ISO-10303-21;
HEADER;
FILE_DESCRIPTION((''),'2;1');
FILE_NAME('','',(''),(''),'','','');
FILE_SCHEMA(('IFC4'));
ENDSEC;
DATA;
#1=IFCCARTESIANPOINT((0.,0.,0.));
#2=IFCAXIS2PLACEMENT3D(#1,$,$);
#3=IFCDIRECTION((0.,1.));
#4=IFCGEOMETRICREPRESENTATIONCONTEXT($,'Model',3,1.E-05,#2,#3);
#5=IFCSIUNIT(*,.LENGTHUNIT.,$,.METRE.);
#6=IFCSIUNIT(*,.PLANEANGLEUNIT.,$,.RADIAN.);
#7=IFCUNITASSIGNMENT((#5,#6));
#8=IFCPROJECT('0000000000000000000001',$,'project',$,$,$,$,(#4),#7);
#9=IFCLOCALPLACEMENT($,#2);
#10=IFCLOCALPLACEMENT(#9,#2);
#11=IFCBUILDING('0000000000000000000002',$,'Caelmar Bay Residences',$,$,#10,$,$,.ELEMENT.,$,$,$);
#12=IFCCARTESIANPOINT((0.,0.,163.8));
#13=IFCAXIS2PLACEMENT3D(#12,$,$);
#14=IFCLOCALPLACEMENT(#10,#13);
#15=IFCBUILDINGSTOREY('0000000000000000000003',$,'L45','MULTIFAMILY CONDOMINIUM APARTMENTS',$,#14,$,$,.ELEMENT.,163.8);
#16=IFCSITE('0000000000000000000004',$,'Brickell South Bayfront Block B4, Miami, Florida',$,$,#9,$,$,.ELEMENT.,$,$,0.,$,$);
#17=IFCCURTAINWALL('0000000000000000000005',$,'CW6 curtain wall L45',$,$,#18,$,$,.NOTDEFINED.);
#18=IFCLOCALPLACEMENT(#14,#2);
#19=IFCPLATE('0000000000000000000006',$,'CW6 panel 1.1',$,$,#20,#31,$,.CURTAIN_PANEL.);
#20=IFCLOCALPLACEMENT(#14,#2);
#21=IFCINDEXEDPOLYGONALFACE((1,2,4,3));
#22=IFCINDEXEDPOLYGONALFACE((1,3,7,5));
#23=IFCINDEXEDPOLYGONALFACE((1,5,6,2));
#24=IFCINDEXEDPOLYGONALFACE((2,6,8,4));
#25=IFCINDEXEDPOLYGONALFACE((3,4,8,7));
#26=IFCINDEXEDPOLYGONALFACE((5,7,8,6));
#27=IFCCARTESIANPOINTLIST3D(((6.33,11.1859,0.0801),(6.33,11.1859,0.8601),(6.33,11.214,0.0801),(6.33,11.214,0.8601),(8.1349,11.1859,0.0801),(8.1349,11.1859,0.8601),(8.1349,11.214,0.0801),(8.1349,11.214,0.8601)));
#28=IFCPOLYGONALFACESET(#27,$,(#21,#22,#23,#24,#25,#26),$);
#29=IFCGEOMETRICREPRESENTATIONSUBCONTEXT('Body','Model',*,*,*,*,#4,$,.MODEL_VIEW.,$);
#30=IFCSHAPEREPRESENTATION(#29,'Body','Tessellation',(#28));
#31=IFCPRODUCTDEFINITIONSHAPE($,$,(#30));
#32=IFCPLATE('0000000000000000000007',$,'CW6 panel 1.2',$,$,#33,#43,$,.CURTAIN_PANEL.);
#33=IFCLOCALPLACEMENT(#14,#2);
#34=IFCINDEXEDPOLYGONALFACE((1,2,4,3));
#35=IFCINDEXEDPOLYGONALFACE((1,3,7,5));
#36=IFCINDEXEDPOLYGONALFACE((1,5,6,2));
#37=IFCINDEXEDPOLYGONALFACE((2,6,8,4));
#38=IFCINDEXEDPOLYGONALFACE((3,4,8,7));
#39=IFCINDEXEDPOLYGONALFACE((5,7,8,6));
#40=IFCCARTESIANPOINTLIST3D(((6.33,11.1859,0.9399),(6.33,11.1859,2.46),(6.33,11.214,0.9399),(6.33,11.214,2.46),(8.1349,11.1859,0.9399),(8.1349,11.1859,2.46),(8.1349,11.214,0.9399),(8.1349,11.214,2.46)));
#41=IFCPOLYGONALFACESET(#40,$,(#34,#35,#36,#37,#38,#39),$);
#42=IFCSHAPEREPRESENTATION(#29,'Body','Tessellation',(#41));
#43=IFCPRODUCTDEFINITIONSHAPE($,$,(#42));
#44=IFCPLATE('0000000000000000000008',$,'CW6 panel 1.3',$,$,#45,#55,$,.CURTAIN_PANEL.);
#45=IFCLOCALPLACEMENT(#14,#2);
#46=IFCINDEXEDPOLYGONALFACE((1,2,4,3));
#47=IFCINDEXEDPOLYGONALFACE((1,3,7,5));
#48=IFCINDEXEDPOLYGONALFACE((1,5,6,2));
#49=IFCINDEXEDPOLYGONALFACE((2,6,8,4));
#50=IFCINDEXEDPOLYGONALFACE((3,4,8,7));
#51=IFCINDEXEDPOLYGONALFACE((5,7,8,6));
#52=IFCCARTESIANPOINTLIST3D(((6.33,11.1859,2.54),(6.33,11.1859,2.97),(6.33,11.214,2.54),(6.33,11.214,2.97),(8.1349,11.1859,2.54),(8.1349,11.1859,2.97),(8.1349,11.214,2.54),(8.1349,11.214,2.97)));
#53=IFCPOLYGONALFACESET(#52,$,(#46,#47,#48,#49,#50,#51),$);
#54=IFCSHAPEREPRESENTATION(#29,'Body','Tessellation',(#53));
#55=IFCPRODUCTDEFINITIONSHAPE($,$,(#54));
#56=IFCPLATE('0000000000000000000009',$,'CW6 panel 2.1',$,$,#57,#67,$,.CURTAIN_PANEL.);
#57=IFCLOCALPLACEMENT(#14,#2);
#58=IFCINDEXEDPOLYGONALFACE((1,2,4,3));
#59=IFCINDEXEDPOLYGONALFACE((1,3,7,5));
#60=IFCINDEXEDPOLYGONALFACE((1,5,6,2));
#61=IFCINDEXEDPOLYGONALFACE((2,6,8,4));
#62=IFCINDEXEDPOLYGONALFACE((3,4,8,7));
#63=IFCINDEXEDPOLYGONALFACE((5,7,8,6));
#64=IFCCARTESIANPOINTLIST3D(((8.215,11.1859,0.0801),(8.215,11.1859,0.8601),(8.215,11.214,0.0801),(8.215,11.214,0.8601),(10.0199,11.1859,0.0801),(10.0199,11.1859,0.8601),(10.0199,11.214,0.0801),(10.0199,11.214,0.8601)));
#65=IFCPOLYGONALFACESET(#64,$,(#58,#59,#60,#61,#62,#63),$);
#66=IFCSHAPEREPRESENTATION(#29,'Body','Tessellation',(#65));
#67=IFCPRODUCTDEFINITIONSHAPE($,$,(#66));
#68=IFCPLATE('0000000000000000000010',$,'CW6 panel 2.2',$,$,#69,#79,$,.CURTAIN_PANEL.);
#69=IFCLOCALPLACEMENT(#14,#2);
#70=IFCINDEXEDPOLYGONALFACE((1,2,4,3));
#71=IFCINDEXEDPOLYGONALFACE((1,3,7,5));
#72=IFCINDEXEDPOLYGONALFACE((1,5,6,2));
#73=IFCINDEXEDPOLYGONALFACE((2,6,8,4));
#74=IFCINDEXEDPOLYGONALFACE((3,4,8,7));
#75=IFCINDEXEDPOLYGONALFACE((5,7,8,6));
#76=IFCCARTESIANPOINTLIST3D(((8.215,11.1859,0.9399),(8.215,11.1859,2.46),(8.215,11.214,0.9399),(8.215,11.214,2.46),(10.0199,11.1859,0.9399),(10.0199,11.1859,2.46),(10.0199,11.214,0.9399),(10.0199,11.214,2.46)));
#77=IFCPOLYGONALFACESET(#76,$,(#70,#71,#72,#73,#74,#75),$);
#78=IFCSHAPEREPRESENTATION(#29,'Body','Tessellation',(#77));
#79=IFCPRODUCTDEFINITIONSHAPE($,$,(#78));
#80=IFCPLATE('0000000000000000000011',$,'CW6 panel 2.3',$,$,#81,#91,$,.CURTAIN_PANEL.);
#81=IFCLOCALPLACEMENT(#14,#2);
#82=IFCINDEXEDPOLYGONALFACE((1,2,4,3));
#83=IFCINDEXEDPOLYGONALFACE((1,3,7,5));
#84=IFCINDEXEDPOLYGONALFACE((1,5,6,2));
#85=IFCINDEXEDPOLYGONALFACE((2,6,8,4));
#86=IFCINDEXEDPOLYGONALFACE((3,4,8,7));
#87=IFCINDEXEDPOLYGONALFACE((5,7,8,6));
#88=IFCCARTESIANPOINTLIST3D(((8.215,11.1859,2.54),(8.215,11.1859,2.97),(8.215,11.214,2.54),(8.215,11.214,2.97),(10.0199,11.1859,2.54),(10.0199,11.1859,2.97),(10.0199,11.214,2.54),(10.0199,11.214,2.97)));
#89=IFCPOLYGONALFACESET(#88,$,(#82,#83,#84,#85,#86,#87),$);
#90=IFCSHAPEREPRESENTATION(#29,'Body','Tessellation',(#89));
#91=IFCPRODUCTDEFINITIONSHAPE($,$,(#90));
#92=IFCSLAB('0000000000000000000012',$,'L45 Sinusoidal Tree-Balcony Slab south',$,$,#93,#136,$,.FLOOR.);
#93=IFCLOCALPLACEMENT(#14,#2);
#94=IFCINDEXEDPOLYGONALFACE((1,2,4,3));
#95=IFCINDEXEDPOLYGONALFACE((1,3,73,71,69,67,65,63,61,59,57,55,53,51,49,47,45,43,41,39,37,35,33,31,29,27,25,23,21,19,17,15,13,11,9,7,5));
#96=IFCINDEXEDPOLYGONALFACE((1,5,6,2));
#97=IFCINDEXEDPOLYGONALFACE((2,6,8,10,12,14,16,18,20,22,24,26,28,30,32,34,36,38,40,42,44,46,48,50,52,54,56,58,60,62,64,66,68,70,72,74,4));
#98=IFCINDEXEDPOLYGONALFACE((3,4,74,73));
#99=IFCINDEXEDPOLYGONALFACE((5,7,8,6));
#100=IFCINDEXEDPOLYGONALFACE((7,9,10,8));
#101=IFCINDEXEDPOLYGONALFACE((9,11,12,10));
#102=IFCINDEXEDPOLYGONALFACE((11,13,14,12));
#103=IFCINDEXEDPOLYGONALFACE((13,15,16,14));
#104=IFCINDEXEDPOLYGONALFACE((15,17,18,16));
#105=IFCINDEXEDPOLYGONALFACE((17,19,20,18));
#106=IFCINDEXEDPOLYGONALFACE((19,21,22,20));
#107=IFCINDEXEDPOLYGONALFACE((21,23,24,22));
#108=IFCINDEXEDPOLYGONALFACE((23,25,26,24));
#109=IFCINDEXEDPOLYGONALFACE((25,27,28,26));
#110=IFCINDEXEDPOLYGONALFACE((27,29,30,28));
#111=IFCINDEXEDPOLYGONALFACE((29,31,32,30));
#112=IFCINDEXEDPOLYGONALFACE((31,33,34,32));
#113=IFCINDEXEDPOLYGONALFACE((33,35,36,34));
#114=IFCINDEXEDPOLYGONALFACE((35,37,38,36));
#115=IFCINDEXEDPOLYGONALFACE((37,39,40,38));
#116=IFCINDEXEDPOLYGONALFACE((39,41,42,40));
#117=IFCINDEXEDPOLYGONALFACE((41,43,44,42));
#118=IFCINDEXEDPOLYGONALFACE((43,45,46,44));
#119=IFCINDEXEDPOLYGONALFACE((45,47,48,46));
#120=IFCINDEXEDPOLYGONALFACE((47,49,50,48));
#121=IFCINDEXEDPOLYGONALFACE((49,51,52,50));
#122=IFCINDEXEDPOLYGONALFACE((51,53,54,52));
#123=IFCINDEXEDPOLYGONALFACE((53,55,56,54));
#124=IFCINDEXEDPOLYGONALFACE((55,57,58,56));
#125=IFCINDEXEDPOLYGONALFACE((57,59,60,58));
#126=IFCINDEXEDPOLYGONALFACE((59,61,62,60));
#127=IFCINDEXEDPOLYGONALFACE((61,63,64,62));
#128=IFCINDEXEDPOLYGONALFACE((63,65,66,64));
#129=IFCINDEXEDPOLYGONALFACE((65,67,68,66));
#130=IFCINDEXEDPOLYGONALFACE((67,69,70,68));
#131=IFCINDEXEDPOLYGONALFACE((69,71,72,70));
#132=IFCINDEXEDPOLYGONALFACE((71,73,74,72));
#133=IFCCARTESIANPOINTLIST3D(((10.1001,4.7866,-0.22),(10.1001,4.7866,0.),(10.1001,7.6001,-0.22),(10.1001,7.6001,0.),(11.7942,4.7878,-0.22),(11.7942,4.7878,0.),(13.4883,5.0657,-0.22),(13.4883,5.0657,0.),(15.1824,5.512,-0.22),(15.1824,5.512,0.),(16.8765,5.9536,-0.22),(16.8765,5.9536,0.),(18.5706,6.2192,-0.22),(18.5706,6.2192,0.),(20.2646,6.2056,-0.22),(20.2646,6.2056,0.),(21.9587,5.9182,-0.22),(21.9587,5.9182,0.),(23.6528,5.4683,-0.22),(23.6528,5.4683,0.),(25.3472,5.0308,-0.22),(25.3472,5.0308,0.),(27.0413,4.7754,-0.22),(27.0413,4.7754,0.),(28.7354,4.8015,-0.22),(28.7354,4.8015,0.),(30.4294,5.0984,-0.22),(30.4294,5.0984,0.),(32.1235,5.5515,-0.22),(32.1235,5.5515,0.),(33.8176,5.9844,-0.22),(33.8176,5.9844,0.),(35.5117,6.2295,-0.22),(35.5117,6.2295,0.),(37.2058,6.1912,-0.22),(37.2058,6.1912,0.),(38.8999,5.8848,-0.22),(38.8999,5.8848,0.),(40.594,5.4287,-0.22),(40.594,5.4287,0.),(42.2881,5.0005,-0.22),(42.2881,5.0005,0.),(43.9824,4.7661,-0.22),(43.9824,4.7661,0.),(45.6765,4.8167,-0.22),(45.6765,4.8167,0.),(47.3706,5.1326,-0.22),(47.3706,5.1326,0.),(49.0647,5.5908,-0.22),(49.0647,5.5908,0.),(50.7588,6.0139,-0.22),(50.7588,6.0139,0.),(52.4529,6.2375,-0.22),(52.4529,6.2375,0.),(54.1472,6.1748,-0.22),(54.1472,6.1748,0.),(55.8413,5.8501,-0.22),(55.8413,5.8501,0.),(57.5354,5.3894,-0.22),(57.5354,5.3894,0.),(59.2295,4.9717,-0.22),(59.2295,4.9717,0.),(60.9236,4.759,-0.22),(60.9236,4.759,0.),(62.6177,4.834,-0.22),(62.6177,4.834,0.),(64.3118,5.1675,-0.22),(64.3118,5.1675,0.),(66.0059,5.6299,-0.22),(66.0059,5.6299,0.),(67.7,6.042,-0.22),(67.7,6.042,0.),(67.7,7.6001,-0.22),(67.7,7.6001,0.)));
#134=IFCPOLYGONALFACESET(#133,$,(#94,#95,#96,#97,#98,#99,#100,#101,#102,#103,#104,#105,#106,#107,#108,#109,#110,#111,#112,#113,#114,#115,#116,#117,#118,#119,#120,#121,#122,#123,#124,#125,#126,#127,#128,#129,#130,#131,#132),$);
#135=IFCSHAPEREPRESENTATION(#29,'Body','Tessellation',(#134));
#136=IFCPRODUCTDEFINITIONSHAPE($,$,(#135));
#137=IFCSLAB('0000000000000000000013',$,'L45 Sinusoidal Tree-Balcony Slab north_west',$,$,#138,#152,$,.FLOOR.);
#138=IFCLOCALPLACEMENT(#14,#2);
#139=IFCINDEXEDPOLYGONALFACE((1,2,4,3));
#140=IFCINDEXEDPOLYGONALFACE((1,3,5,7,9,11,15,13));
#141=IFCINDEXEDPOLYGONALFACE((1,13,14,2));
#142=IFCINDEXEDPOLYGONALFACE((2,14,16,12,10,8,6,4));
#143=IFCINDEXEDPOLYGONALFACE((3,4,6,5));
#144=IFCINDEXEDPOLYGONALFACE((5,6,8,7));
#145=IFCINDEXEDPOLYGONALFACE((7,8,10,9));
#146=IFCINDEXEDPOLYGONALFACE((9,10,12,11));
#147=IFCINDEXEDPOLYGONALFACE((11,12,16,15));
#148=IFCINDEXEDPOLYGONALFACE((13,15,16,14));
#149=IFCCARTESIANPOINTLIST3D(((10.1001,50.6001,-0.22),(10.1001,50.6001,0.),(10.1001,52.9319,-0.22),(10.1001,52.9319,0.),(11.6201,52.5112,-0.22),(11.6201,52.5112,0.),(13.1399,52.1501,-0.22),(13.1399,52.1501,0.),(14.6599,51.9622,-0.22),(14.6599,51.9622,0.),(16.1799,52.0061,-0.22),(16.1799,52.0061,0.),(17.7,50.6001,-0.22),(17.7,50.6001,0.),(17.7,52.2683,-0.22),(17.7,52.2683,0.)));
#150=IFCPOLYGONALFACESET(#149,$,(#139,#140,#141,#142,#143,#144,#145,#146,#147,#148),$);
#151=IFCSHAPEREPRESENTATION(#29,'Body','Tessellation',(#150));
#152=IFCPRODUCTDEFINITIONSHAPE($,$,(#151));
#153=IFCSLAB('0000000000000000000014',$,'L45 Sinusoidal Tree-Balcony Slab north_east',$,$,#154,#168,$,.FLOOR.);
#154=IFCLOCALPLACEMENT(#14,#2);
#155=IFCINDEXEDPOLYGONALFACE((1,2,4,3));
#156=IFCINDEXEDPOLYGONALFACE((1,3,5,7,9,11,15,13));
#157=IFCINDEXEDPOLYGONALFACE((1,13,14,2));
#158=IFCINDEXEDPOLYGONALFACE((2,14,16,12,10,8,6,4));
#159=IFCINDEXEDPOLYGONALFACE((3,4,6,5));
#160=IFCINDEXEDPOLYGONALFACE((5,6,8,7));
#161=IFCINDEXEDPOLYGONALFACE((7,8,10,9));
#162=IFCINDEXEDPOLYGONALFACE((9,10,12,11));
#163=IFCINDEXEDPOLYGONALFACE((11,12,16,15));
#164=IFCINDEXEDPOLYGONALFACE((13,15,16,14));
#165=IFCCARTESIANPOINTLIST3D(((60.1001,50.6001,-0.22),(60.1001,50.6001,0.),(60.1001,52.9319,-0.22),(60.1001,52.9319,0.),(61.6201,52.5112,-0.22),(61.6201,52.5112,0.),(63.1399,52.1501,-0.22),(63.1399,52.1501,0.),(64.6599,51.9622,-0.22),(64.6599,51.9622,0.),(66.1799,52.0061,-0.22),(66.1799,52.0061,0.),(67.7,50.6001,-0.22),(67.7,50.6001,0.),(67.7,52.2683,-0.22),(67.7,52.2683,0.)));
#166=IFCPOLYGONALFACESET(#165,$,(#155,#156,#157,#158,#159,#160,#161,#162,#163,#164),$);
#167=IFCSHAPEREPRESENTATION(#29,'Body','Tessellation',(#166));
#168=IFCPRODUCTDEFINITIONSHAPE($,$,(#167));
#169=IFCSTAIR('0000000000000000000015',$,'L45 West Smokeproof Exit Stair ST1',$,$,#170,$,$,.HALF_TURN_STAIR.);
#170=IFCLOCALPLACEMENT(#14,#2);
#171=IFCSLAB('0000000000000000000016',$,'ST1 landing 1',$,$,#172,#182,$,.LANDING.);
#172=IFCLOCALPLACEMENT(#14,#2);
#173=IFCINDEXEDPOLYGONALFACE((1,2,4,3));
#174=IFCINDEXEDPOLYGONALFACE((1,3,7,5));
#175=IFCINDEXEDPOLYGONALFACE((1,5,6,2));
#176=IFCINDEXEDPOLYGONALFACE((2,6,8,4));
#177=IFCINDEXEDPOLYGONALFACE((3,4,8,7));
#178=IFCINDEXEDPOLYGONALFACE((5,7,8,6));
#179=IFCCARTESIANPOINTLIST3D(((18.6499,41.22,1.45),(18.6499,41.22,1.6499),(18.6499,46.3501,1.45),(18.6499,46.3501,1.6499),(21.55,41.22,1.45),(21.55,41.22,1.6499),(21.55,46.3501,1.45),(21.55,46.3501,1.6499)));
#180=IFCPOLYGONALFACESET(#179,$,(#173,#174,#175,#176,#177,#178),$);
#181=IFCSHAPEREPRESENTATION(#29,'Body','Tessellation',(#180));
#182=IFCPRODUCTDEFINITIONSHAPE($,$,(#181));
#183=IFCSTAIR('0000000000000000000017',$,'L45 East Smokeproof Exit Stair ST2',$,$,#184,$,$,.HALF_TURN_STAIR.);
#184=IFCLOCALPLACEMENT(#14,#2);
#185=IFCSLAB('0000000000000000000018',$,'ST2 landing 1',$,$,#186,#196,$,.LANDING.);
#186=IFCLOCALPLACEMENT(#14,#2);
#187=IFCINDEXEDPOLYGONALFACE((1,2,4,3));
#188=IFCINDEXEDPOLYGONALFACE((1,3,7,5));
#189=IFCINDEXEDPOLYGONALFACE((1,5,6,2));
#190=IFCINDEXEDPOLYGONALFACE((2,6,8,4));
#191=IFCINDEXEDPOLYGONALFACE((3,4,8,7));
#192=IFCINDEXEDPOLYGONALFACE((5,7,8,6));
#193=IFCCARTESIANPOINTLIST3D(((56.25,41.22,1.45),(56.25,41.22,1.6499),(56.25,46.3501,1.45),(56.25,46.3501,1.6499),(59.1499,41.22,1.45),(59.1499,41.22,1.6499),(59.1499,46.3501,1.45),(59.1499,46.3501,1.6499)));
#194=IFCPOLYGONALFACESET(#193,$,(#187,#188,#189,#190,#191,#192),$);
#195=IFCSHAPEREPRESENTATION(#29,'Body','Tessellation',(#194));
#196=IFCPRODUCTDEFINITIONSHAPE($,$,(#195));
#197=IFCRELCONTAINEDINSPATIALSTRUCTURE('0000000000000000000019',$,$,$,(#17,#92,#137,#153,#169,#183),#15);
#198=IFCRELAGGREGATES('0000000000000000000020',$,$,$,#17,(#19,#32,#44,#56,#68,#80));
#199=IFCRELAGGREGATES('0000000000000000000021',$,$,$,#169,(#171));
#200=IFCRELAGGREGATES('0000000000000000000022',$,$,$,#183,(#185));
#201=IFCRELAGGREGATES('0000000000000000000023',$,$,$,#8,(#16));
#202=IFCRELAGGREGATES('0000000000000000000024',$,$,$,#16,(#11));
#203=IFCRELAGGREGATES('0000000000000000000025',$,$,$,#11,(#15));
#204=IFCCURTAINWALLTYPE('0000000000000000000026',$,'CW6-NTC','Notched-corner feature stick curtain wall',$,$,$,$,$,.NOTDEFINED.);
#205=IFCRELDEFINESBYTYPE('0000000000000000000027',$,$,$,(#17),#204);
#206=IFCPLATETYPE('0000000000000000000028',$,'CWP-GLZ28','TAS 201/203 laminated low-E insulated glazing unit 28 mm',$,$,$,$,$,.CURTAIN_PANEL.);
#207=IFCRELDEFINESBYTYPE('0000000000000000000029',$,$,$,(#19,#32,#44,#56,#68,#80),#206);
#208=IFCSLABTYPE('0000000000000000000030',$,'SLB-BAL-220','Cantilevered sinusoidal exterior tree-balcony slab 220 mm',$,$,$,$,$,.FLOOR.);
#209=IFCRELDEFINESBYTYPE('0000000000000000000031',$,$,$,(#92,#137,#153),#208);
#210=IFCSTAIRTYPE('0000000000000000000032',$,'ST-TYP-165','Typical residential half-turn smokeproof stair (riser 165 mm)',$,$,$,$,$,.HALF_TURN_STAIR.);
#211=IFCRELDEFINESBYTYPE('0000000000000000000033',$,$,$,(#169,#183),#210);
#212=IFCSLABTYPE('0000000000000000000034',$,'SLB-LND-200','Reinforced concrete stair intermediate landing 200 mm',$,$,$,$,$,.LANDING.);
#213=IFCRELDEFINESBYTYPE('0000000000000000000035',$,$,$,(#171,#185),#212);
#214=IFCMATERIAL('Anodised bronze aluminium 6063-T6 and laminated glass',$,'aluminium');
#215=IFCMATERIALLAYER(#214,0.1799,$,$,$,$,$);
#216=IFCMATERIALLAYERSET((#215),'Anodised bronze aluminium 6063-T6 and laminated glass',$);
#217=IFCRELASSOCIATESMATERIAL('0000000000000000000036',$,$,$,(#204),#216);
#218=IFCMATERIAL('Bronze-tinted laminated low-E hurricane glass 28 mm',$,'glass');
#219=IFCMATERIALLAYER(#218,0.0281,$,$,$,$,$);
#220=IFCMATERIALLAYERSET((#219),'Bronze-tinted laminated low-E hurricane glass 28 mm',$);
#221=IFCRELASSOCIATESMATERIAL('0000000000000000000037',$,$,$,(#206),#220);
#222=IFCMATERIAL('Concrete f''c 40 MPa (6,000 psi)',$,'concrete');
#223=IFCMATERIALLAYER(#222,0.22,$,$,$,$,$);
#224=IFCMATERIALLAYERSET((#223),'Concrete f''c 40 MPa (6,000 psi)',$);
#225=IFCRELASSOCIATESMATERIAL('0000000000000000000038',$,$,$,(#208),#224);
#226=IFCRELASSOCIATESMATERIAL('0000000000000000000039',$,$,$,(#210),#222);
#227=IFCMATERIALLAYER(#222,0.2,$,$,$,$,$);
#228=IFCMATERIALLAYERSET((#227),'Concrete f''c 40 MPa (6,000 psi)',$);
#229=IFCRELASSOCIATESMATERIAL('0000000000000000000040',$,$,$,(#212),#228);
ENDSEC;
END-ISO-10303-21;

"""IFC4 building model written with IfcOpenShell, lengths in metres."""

from ifc_helpers import new_model, si_unit, direction, frame, origin, origin_2d, place, context, subcontext, project, spatial, polyline, rectangle, outline, extrude, material, layer, layer_set, type_object, element, aggregate, save


model = new_model("IFC4")

# Units and contexts
model_context = context("Model", 3, precision=1e-05, world=origin(), true_north=direction((0.0, 1.0)))
body_context = subcontext(model_context, "Body", "Model", "MODEL_VIEW")
ifc_project = project(units=[si_unit("LENGTHUNIT", "METRE"), si_unit("PLANEANGLEUNIT", "RADIAN")], contexts=[model_context])

# Site, building, storey
site_placement = place(None, origin())
site = spatial("IfcSite", under=ifc_project, at=site_placement, Name="Brickell South Bayfront Block B4, Miami, Florida", CompositionType="ELEMENT", RefElevation=0.0)
building_placement = place(site_placement, origin())
building = spatial("IfcBuilding", under=site, at=building_placement, Name="Caelmar Bay Residences", CompositionType="ELEMENT")
storey_placement = place(building_placement, frame((0.0, 0.0, 163.8)))
storey = spatial("IfcBuildingStorey", under=building, at=storey_placement, Name="L45", Description="MULTIFAMILY CONDOMINIUM APARTMENTS", CompositionType="ELEMENT", Elevation=163.8)

# Curtain wall
ifc_material_1 = material(Name="Anodised bronze aluminium 6063-T6 and laminated glass", Category="aluminium")
ifc_layer_1 = layer(ifc_material_1, 0.1799)
ifc_layer_set_1 = layer_set([ifc_layer_1], Name="Anodised bronze aluminium 6063-T6 and laminated glass")
curtain_wall_type_1 = type_object("IfcCurtainWallType", Name="CW6-NTC", Description="Notched-corner feature stick curtain wall", PredefinedType="NOTDEFINED", material=ifc_layer_set_1)
curtain_wall_1_placement = place(storey_placement, origin())
curtain_wall_1 = element("IfcCurtainWall", 1, at=curtain_wall_1_placement, inside=storey, type_object=curtain_wall_type_1, Name="CW6 curtain wall L45", PredefinedType="NOTDEFINED")

# Plates
ifc_material_2 = material(Name="Bronze-tinted laminated low-E hurricane glass 28 mm", Category="glass")
ifc_layer_2 = layer(ifc_material_2, 0.0281)
ifc_layer_set_2 = layer_set([ifc_layer_2], Name="Bronze-tinted laminated low-E hurricane glass 28 mm")
plate_type = type_object("IfcPlateType", Name="CWP-GLZ28", Description="TAS 201/203 laminated low-E insulated glazing unit 28 mm", PredefinedType="CURTAIN_PANEL", material=ifc_layer_set_2)
plate_1_placement = place(storey_placement, frame((7.2324, 11.2, 0.0801), z_axis=(0.0, 0.0, 1.0), x_axis=(1.0, 0.0, 0.0)))
plate_1 = element("IfcPlate", 2, at=plate_1_placement, type_object=plate_type, Name="CW6 panel 1.1", PredefinedType="CURTAIN_PANEL", context=body_context, shape_type="SweptSolid", body=[
    extrude(rectangle(XDim=1.8049, YDim=0.0281, at=origin_2d()), origin(), (0.0, 0.0, 1.0), 0.78),
])
plate_2_placement = place(storey_placement, frame((7.2324, 11.2, 0.9399), z_axis=(0.0, 0.0, 1.0), x_axis=(1.0, 0.0, 0.0)))
plate_2 = element("IfcPlate", 3, at=plate_2_placement, type_object=plate_type, Name="CW6 panel 1.2", PredefinedType="CURTAIN_PANEL", context=body_context, shape_type="SweptSolid", body=[
    extrude(rectangle(XDim=1.8049, YDim=0.0281, at=origin_2d()), origin(), (0.0, 0.0, 1.0), 1.52),
])
plate_3_placement = place(storey_placement, frame((7.2324, 11.2, 2.54), z_axis=(0.0, 0.0, 1.0), x_axis=(1.0, 0.0, 0.0)))
plate_3 = element("IfcPlate", 4, at=plate_3_placement, type_object=plate_type, Name="CW6 panel 1.3", PredefinedType="CURTAIN_PANEL", context=body_context, shape_type="SweptSolid", body=[
    extrude(rectangle(XDim=1.8049, YDim=0.0281, at=origin_2d()), origin(), (0.0, 0.0, 1.0), 0.4299),
])
plate_4_placement = place(storey_placement, frame((9.1174, 11.2, 0.0801), z_axis=(0.0, 0.0, 1.0), x_axis=(1.0, 0.0, 0.0)))
plate_4 = element("IfcPlate", 5, at=plate_4_placement, type_object=plate_type, Name="CW6 panel 2.1", PredefinedType="CURTAIN_PANEL", context=body_context, shape_type="SweptSolid", body=[
    extrude(rectangle(XDim=1.8049, YDim=0.0281, at=origin_2d()), origin(), (0.0, 0.0, 1.0), 0.78),
])
plate_5_placement = place(storey_placement, frame((9.1174, 11.2, 0.9399), z_axis=(0.0, 0.0, 1.0), x_axis=(1.0, 0.0, 0.0)))
plate_5 = element("IfcPlate", 6, at=plate_5_placement, type_object=plate_type, Name="CW6 panel 2.2", PredefinedType="CURTAIN_PANEL", context=body_context, shape_type="SweptSolid", body=[
    extrude(rectangle(XDim=1.8049, YDim=0.0281, at=origin_2d()), origin(), (0.0, 0.0, 1.0), 1.52),
])
plate_6_placement = place(storey_placement, frame((9.1174, 11.2, 2.54), z_axis=(0.0, 0.0, 1.0), x_axis=(1.0, 0.0, 0.0)))
plate_6 = element("IfcPlate", 7, at=plate_6_placement, type_object=plate_type, Name="CW6 panel 2.3", PredefinedType="CURTAIN_PANEL", context=body_context, shape_type="SweptSolid", body=[
    extrude(rectangle(XDim=1.8049, YDim=0.0281, at=origin_2d()), origin(), (0.0, 0.0, 1.0), 0.4299),
])
aggregate(curtain_wall_1, [plate_1, plate_2, plate_3, plate_4, plate_5, plate_6])

# Slabs
ifc_material_3 = material(Name="Concrete f'c 40 MPa (6,000 psi)", Category="concrete")
ifc_layer_3 = layer(ifc_material_3, 0.22)
ifc_layer_set_3 = layer_set([ifc_layer_3], Name="Concrete f'c 40 MPa (6,000 psi)")
slab_type_1 = type_object("IfcSlabType", Name="SLB-BAL-220", Description="Cantilevered sinusoidal exterior tree-balcony slab 220 mm", PredefinedType="FLOOR", material=ifc_layer_set_3)
slab_1_placement = place(storey_placement, frame((0.0, 0.0, -0.22)))
element("IfcSlab", 8, at=slab_1_placement, inside=storey, type_object=slab_type_1, Name="L45 Sinusoidal Tree-Balcony Slab south", PredefinedType="FLOOR", context=body_context, shape_type="SweptSolid", body=[
    extrude(outline(polyline([(10.1001, 4.7866), (11.7942, 4.7878), (13.4883, 5.0657), (15.1824, 5.512), (16.8765, 5.9536), (18.5706, 6.2192), (20.2646, 6.2056), (21.9587, 5.9182), (23.6528, 5.4683), (25.3472, 5.0308), (27.0413, 4.7754), (28.7354, 4.8015), (30.4294, 5.0984), (32.1235, 5.5515), (33.8176, 5.9844), (35.5117, 6.2295), (37.2058, 6.1912), (38.8999, 5.8848), (40.594, 5.4287), (42.2881, 5.0005), (43.9824, 4.7661), (45.6765, 4.8167), (47.3706, 5.1326), (49.0647, 5.5908), (50.7588, 6.0139), (52.4529, 6.2375), (54.1472, 6.1748), (55.8413, 5.8501), (57.5354, 5.3894), (59.2295, 4.9717), (60.9236, 4.759), (62.6177, 4.834), (64.3118, 5.1675), (66.0059, 5.6299), (67.7, 6.042), (67.7, 7.6001), (10.1001, 7.6001), (10.1001, 4.7866)])), origin(), (0.0, 0.0, 1.0), 0.22),
])
slab_2_placement = place(storey_placement, frame((0.0, 0.0, -0.22)))
element("IfcSlab", 9, at=slab_2_placement, inside=storey, type_object=slab_type_1, Name="L45 Sinusoidal Tree-Balcony Slab north_west", PredefinedType="FLOOR", context=body_context, shape_type="SweptSolid", body=[
    extrude(outline(polyline([(10.1001, 50.6001), (17.7, 50.6001), (17.7, 52.2683), (16.1799, 52.0061), (14.6599, 51.9622), (13.1399, 52.1501), (11.6201, 52.5112), (10.1001, 52.9319), (10.1001, 50.6001)])), origin(), (0.0, 0.0, 1.0), 0.22),
])
slab_3_placement = place(storey_placement, frame((0.0, 0.0, -0.22)))
element("IfcSlab", 10, at=slab_3_placement, inside=storey, type_object=slab_type_1, Name="L45 Sinusoidal Tree-Balcony Slab north_east", PredefinedType="FLOOR", context=body_context, shape_type="SweptSolid", body=[
    extrude(outline(polyline([(60.1001, 50.6001), (67.7, 50.6001), (67.7, 52.2683), (66.1799, 52.0061), (64.6599, 51.9622), (63.1399, 52.1501), (61.6201, 52.5112), (60.1001, 52.9319), (60.1001, 50.6001)])), origin(), (0.0, 0.0, 1.0), 0.22),
])

# Stairs, slabs
stair_type = type_object("IfcStairType", Name="ST-TYP-165", Description="Typical residential half-turn smokeproof stair (riser 165 mm)", PredefinedType="HALF_TURN_STAIR", material=ifc_material_3)
stair_1_placement = place(storey_placement, origin())
stair_1 = element("IfcStair", 11, at=stair_1_placement, inside=storey, type_object=stair_type, Name="L45 West Smokeproof Exit Stair ST1", PredefinedType="HALF_TURN_STAIR")
ifc_layer_4 = layer(ifc_material_3, 0.2)
ifc_layer_set_4 = layer_set([ifc_layer_4], Name="Concrete f'c 40 MPa (6,000 psi)")
slab_type_2 = type_object("IfcSlabType", Name="SLB-LND-200", Description="Reinforced concrete stair intermediate landing 200 mm", PredefinedType="LANDING", material=ifc_layer_set_4)
slab_4_placement = place(storey_placement, frame((0.0, 0.0, 1.45)))
slab_4 = element("IfcSlab", 12, at=slab_4_placement, type_object=slab_type_2, Name="ST1 landing 1", PredefinedType="LANDING", context=body_context, shape_type="SweptSolid", body=[
    extrude(outline(polyline([(21.55, 41.22), (21.55, 46.3501), (18.6499, 46.3501), (18.6499, 41.22), (21.55, 41.22)])), origin(), (0.0, 0.0, 1.0), 0.2),
])
aggregate(stair_1, [slab_4])
stair_2_placement = place(storey_placement, origin())
stair_2 = element("IfcStair", 13, at=stair_2_placement, inside=storey, type_object=stair_type, Name="L45 East Smokeproof Exit Stair ST2", PredefinedType="HALF_TURN_STAIR")
slab_5_placement = place(storey_placement, frame((0.0, 0.0, 1.45)))
slab_5 = element("IfcSlab", 14, at=slab_5_placement, type_object=slab_type_2, Name="ST2 landing 1", PredefinedType="LANDING", context=body_context, shape_type="SweptSolid", body=[
    extrude(outline(polyline([(59.1499, 41.22), (59.1499, 46.3501), (56.25, 46.3501), (56.25, 41.22), (59.1499, 41.22)])), origin(), (0.0, 0.0, 1.0), 0.2),
])
aggregate(stair_2, [slab_5])

save(model, "model.ifc")
